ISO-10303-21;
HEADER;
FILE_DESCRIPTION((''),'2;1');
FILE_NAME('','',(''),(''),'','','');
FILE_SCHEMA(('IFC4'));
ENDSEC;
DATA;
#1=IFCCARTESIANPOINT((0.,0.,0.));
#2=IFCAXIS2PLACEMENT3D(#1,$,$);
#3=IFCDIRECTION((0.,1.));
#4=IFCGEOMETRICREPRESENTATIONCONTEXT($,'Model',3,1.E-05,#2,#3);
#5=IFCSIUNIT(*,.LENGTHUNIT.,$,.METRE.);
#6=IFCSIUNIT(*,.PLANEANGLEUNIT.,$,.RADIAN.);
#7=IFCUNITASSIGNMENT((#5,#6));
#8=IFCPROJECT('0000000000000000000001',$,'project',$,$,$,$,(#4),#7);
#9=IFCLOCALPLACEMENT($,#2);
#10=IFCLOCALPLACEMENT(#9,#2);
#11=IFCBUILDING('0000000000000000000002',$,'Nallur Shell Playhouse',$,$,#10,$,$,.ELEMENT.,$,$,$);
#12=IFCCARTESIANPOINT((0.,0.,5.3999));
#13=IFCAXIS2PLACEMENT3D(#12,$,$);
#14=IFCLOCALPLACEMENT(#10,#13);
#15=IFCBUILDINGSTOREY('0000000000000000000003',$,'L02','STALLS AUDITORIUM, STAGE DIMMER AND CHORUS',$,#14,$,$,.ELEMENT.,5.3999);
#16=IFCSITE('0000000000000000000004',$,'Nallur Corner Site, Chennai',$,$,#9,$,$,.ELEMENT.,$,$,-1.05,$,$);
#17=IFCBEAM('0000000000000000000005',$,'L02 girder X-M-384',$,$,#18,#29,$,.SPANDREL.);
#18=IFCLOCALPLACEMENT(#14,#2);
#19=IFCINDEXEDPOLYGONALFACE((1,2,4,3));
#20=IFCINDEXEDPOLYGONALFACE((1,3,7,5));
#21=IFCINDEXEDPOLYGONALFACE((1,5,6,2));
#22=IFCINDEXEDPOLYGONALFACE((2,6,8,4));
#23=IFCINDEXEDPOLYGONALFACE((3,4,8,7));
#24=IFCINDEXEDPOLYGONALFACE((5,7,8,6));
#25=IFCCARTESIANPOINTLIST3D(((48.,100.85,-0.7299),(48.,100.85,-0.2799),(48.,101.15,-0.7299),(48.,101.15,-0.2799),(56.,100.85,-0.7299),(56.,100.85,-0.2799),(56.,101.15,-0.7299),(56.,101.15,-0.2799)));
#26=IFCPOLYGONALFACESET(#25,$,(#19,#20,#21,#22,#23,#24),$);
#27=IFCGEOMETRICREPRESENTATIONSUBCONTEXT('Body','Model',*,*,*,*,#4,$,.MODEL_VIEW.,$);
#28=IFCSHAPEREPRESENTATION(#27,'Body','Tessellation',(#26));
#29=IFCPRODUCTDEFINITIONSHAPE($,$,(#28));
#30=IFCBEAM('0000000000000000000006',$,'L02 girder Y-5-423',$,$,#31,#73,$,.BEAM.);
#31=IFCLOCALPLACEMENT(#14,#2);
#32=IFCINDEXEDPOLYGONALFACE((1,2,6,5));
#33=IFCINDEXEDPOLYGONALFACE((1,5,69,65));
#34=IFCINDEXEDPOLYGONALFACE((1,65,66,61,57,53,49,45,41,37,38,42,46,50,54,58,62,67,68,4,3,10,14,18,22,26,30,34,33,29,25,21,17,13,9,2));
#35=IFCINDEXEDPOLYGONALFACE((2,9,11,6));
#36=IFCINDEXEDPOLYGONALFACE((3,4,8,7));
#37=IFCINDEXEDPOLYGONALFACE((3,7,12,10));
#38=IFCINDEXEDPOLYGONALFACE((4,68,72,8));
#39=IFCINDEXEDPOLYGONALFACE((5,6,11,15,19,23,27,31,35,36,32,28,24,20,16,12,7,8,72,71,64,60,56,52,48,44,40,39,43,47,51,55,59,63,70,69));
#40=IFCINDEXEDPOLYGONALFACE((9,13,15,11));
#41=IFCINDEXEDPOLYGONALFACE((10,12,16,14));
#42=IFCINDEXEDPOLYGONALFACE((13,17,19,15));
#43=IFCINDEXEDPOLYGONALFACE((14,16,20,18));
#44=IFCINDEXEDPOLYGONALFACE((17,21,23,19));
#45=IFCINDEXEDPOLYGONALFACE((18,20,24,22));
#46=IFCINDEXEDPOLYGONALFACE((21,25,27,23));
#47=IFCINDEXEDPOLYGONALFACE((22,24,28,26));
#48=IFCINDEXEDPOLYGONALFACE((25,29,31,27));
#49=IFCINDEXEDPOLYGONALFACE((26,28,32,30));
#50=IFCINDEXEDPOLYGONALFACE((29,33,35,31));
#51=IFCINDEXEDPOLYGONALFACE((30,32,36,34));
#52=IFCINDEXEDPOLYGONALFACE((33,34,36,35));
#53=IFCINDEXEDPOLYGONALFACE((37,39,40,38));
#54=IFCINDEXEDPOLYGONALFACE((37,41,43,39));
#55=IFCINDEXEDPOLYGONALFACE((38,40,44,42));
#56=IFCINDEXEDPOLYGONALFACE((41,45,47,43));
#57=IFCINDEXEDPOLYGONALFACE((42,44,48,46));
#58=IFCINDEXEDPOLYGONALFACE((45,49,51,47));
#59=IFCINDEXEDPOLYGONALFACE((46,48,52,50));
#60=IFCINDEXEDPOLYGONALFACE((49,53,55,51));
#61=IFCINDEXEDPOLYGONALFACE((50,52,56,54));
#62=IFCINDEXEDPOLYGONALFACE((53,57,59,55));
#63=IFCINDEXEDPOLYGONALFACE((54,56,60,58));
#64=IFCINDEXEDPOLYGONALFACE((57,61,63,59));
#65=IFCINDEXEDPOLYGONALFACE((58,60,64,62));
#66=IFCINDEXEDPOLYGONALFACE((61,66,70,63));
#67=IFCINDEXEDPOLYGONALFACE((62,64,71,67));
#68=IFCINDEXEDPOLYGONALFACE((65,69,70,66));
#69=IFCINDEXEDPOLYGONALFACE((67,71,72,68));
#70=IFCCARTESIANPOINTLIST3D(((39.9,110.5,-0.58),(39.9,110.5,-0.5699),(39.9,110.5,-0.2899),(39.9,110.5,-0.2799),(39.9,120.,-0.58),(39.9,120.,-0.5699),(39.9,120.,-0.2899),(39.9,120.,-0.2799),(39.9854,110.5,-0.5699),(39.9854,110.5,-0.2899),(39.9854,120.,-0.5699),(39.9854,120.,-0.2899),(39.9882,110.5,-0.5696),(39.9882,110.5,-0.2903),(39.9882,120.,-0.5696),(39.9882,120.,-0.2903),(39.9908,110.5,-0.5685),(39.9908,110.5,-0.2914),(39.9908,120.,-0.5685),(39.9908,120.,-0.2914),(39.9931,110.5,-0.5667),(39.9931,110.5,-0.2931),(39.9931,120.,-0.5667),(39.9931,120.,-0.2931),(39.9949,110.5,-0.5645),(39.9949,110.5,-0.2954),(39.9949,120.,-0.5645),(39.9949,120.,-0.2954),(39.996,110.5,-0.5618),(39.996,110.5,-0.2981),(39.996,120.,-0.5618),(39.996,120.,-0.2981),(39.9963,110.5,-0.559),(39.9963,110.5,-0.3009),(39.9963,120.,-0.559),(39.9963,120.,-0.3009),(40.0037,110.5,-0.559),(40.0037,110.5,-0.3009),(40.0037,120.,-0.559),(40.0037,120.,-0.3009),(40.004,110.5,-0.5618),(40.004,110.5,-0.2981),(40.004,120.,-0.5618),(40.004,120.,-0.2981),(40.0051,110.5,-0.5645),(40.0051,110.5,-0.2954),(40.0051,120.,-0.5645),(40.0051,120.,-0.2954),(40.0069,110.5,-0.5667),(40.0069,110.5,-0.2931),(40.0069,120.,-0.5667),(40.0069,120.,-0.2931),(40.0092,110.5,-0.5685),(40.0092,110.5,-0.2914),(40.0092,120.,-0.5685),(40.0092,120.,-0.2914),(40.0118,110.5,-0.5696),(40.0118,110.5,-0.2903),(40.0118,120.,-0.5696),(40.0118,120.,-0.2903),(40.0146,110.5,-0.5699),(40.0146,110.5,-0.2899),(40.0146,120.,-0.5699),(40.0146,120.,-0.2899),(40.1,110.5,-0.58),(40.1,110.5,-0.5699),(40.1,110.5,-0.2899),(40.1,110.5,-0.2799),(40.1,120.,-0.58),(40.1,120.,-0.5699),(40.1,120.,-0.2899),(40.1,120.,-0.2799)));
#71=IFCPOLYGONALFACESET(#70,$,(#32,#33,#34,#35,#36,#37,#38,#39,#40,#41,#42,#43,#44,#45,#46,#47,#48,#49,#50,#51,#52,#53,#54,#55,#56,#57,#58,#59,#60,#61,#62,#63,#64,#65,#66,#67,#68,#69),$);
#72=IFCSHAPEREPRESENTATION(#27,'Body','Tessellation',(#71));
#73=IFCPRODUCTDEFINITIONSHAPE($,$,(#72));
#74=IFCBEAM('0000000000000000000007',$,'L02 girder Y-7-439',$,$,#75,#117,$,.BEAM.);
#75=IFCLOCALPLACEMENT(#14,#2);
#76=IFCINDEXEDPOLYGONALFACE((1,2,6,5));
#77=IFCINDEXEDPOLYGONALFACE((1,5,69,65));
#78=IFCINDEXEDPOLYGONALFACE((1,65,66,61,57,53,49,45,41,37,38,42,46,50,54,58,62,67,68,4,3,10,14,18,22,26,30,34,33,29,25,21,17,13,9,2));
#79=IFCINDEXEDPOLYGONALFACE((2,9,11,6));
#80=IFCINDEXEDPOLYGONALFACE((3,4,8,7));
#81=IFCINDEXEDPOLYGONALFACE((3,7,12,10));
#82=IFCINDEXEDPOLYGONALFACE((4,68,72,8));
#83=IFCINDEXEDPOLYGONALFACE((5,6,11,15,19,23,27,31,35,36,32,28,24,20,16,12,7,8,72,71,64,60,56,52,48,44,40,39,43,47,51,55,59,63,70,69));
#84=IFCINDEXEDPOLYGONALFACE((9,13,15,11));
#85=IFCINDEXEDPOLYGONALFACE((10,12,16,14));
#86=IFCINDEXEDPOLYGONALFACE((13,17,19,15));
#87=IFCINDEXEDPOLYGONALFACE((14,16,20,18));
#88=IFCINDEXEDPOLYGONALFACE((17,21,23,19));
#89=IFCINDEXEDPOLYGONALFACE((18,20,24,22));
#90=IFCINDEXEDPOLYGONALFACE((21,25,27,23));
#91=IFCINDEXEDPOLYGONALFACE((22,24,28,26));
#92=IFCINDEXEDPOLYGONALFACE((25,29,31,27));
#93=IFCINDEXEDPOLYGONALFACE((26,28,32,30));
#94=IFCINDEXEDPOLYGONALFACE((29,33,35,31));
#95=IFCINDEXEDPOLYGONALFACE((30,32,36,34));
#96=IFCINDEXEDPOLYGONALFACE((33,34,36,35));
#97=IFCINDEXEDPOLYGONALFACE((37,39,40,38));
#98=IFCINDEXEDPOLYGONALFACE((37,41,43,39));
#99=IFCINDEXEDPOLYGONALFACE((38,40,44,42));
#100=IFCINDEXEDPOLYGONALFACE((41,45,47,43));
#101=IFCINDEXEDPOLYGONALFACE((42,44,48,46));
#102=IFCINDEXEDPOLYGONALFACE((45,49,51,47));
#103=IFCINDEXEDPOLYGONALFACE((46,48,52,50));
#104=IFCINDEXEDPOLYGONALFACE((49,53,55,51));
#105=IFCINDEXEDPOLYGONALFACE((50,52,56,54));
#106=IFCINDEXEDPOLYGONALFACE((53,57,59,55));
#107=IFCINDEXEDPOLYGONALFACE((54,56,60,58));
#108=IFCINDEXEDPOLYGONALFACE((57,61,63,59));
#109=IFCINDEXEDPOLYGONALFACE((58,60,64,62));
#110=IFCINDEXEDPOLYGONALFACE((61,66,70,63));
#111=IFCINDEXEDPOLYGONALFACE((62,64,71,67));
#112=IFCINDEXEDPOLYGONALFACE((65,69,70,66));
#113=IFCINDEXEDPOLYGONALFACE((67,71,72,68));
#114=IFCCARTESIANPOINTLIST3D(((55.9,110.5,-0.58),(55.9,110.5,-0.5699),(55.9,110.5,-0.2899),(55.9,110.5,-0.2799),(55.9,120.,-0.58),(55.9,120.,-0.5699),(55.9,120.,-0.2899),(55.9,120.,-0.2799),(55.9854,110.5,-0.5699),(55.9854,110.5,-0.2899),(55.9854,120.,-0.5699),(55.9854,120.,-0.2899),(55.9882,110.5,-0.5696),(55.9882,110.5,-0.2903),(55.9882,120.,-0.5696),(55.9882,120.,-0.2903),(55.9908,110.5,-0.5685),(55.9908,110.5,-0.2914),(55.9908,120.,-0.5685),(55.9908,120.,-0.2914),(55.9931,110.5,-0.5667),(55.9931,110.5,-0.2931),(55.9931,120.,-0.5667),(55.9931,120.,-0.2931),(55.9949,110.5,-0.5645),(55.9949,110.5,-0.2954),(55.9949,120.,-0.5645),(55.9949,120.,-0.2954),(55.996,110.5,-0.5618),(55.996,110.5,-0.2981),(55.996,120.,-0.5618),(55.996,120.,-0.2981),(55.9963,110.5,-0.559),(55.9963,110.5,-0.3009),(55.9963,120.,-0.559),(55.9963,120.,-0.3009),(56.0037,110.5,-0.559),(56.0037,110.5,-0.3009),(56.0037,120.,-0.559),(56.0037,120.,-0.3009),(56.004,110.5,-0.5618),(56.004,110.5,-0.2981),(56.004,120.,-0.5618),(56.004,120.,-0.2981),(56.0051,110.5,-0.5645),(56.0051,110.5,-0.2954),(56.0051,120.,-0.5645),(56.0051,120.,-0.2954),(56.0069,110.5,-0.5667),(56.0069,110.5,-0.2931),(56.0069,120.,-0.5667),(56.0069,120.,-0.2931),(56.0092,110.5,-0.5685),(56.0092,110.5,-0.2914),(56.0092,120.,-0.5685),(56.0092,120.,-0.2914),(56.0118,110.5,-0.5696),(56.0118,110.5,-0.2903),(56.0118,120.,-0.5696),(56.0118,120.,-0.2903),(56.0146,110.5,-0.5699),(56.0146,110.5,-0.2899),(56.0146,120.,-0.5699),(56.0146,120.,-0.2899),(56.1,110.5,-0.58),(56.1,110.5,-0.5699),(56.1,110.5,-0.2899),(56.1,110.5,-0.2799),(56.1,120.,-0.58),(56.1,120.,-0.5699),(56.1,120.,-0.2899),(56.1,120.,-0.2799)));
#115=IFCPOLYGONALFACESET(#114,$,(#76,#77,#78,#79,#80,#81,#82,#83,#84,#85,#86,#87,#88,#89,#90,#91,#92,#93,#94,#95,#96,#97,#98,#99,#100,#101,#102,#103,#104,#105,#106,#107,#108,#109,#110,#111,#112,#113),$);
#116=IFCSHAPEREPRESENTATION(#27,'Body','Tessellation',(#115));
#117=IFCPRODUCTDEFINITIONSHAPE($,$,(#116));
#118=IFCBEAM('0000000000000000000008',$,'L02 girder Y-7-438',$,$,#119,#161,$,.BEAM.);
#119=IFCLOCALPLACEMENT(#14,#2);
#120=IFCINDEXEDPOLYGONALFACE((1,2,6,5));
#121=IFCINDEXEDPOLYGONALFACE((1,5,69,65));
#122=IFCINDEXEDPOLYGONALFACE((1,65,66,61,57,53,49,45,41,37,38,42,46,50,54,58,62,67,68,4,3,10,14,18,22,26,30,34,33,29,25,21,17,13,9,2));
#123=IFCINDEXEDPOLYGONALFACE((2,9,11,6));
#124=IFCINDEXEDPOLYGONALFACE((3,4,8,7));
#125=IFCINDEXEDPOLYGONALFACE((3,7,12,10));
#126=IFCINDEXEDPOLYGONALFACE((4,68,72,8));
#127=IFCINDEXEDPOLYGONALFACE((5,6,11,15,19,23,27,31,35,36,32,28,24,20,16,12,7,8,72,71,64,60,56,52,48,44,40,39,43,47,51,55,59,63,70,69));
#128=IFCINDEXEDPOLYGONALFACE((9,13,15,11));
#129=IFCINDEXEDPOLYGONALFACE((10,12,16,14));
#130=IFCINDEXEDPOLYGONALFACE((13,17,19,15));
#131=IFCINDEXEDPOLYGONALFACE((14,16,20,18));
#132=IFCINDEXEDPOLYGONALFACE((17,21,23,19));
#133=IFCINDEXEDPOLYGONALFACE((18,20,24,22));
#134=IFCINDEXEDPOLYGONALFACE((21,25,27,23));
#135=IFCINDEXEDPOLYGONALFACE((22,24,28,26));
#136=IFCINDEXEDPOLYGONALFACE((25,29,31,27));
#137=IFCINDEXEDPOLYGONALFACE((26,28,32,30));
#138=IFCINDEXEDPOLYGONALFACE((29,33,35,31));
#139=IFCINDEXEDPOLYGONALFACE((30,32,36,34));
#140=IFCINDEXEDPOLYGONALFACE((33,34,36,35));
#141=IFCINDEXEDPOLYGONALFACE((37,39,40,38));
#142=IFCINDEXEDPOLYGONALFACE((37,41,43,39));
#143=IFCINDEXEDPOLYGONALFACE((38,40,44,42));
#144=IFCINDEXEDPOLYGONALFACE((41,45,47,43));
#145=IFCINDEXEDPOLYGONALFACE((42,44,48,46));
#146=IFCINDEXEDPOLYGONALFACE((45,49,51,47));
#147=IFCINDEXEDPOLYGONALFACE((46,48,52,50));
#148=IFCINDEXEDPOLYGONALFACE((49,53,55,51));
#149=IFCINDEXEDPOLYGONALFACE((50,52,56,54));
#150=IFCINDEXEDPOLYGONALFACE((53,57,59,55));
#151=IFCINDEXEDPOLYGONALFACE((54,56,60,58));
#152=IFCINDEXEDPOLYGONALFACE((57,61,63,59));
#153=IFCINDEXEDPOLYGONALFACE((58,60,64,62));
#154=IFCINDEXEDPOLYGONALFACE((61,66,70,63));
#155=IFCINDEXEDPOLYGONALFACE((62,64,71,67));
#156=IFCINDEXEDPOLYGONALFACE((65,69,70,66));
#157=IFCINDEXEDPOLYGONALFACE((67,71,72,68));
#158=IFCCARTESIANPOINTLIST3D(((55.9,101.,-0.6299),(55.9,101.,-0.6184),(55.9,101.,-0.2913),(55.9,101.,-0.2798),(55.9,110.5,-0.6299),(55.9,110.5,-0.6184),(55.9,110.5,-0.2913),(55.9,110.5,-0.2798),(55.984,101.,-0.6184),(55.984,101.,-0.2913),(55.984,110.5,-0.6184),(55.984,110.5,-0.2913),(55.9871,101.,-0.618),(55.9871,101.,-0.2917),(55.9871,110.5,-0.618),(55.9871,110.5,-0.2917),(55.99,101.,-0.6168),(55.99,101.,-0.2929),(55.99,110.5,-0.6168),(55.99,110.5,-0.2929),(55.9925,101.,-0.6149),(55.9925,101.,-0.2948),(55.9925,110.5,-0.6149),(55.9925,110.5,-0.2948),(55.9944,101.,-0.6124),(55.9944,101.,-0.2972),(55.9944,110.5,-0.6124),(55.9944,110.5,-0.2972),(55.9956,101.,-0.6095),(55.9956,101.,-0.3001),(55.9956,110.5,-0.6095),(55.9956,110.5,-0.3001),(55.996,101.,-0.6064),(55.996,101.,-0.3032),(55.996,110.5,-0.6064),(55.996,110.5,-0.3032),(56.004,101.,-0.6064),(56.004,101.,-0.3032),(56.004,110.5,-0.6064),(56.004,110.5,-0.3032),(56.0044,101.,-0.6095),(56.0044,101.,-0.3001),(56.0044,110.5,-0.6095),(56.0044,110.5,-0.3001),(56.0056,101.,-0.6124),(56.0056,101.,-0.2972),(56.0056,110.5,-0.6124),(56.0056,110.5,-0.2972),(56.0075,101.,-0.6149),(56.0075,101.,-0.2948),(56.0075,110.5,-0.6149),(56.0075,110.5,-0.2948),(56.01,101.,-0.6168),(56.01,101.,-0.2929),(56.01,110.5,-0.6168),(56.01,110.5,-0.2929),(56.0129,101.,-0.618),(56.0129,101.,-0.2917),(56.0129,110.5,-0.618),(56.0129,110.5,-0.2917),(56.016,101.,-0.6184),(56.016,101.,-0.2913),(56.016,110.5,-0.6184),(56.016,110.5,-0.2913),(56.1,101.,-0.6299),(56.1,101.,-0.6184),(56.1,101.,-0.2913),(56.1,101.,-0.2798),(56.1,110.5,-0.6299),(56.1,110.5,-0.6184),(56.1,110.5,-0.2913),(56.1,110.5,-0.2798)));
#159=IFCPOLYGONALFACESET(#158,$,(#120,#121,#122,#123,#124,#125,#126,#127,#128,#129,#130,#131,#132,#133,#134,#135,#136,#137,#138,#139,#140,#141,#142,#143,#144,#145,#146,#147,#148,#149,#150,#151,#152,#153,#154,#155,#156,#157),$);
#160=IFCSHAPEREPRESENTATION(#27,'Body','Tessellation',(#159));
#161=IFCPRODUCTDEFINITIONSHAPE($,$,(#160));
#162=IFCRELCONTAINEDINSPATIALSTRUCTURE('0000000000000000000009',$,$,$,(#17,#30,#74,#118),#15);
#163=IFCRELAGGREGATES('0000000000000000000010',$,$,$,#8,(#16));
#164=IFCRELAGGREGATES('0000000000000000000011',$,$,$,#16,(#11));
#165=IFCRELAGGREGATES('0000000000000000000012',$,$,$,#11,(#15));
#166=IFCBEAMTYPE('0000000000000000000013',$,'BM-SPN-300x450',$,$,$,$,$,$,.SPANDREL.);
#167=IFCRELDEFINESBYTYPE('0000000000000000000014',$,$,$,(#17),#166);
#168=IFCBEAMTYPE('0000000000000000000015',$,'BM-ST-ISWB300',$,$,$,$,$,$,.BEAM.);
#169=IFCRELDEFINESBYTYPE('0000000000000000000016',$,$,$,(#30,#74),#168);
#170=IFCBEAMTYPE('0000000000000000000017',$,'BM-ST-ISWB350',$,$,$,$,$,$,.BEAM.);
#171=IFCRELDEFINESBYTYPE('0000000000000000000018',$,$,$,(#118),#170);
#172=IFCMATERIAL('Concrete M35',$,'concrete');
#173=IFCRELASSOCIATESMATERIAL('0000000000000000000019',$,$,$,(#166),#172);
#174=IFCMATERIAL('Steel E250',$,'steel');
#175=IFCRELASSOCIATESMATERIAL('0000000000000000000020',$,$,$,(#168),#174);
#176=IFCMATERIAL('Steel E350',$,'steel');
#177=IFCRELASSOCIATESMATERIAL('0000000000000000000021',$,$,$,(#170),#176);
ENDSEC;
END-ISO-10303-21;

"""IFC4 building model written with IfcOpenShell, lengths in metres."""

from ifc_helpers import new_model, si_unit, direction, frame, origin, origin_2d, place, context, subcontext, project, spatial, rectangle, i_section, extrude, material, material_profile, profile_set, type_object, element, save


model = new_model("IFC4")

# Units and contexts
model_context = context("Model", 3, precision=1e-05, world=origin(), true_north=direction((0.0, 1.0)))
body_context = subcontext(model_context, "Body", "Model", "MODEL_VIEW")
ifc_project = project(units=[si_unit("LENGTHUNIT", "METRE"), si_unit("PLANEANGLEUNIT", "RADIAN")], contexts=[model_context])

# Site, building, storey
site_placement = place(None, origin())
site = spatial("IfcSite", under=ifc_project, at=site_placement, Name="Nallur Corner Site, Chennai", CompositionType="ELEMENT", RefElevation=-1.05)
building_placement = place(site_placement, origin())
building = spatial("IfcBuilding", under=site, at=building_placement, Name="Nallur Shell Playhouse", CompositionType="ELEMENT")
storey_placement = place(building_placement, frame((0.0, 0.0, 5.3999)))
storey = spatial("IfcBuildingStorey", under=building, at=storey_placement, Name="L02", Description="STALLS AUDITORIUM, STAGE DIMMER AND CHORUS", CompositionType="ELEMENT", Elevation=5.3999)

# Beams
ifc_material_1 = material(Name="Steel E250", Category="steel")
ifc_material_2 = material(Name="Concrete M35", Category="concrete")
ifc_material_profile_1 = material_profile(ifc_material_2, rectangle(XDim=0.3, YDim=0.45, at=origin_2d()), Name="RC 300x450")
ifc_profile_set_1 = profile_set([ifc_material_profile_1], Name="Concrete M35")
beam_type_1 = type_object("IfcBeamType", Name="BM-SPN-300x450", PredefinedType="SPANDREL", material=ifc_profile_set_1)
beam_1_placement = place(storey_placement, frame((48.0, 101.0, -0.5049), z_axis=(1.0, 0.0, 0.0), x_axis=(0.0, 1.0, 0.0)))
element("IfcBeam", 1, at=beam_1_placement, inside=storey, type_object=beam_type_1, Name="L02 girder X-M-384", PredefinedType="SPANDREL", context=body_context, shape_type="SweptSolid", body=[
    extrude(rectangle(XDim=0.3, YDim=0.45, at=origin_2d()), origin(), (0.0, 0.0, 1.0), 8.0),
])
ifc_material_profile_2 = material_profile(ifc_material_1, i_section(OverallWidth=0.2, OverallDepth=0.3, WebThickness=0.0073, FlangeThickness=0.01, FilletRadius=0.011, at=origin_2d()), Name="ISWB 300")
ifc_profile_set_2 = profile_set([ifc_material_profile_2], Name="Steel E250")
beam_type_2 = type_object("IfcBeamType", Name="BM-ST-ISWB300", PredefinedType="BEAM", material=ifc_profile_set_2)
for number, where, z_axis, x_axis, name in (
    (2, (40.0, 110.5, -0.4299), (0.0, 1.0, 0.0), (-1.0, 0.0, 0.0), "L02 girder Y-5-423"),
    (3, (56.0, 110.5, -0.4299), (0.0, 1.0, 0.0), (-1.0, 0.0, 0.0), "L02 girder Y-7-439"),
):
    element("IfcBeam", number, at=place(storey_placement, frame(where, z_axis=z_axis, x_axis=x_axis)), inside=storey, type_object=beam_type_2, Name=name, PredefinedType="BEAM", context=body_context, shape_type="SweptSolid", body=[
        extrude(i_section(OverallWidth=0.2, OverallDepth=0.3, WebThickness=0.0073, FlangeThickness=0.01, FilletRadius=0.011, at=origin_2d()), origin(), (0.0, 0.0, 1.0), 9.5),
    ])
ifc_material_3 = material(Name="Steel E350", Category="steel")
ifc_material_profile_3 = material_profile(ifc_material_3, i_section(OverallWidth=0.2, OverallDepth=0.3501, WebThickness=0.0081, FlangeThickness=0.0115, FilletRadius=0.012, at=origin_2d()), Name="ISWB 350")
ifc_profile_set_3 = profile_set([ifc_material_profile_3], Name="Steel E350")
beam_type_3 = type_object("IfcBeamType", Name="BM-ST-ISWB350", PredefinedType="BEAM", material=ifc_profile_set_3)
beam_2_placement = place(storey_placement, frame((56.0, 101.0, -0.4548), z_axis=(0.0, 1.0, 0.0), x_axis=(-1.0, 0.0, 0.0)))
element("IfcBeam", 4, at=beam_2_placement, inside=storey, type_object=beam_type_3, Name="L02 girder Y-7-438", PredefinedType="BEAM", context=body_context, shape_type="SweptSolid", body=[
    extrude(i_section(OverallWidth=0.2, OverallDepth=0.3501, WebThickness=0.0081, FlangeThickness=0.0115, FilletRadius=0.012, at=origin_2d()), origin(), (0.0, 0.0, 1.0), 9.5),
])

save(model, "model.ifc")
